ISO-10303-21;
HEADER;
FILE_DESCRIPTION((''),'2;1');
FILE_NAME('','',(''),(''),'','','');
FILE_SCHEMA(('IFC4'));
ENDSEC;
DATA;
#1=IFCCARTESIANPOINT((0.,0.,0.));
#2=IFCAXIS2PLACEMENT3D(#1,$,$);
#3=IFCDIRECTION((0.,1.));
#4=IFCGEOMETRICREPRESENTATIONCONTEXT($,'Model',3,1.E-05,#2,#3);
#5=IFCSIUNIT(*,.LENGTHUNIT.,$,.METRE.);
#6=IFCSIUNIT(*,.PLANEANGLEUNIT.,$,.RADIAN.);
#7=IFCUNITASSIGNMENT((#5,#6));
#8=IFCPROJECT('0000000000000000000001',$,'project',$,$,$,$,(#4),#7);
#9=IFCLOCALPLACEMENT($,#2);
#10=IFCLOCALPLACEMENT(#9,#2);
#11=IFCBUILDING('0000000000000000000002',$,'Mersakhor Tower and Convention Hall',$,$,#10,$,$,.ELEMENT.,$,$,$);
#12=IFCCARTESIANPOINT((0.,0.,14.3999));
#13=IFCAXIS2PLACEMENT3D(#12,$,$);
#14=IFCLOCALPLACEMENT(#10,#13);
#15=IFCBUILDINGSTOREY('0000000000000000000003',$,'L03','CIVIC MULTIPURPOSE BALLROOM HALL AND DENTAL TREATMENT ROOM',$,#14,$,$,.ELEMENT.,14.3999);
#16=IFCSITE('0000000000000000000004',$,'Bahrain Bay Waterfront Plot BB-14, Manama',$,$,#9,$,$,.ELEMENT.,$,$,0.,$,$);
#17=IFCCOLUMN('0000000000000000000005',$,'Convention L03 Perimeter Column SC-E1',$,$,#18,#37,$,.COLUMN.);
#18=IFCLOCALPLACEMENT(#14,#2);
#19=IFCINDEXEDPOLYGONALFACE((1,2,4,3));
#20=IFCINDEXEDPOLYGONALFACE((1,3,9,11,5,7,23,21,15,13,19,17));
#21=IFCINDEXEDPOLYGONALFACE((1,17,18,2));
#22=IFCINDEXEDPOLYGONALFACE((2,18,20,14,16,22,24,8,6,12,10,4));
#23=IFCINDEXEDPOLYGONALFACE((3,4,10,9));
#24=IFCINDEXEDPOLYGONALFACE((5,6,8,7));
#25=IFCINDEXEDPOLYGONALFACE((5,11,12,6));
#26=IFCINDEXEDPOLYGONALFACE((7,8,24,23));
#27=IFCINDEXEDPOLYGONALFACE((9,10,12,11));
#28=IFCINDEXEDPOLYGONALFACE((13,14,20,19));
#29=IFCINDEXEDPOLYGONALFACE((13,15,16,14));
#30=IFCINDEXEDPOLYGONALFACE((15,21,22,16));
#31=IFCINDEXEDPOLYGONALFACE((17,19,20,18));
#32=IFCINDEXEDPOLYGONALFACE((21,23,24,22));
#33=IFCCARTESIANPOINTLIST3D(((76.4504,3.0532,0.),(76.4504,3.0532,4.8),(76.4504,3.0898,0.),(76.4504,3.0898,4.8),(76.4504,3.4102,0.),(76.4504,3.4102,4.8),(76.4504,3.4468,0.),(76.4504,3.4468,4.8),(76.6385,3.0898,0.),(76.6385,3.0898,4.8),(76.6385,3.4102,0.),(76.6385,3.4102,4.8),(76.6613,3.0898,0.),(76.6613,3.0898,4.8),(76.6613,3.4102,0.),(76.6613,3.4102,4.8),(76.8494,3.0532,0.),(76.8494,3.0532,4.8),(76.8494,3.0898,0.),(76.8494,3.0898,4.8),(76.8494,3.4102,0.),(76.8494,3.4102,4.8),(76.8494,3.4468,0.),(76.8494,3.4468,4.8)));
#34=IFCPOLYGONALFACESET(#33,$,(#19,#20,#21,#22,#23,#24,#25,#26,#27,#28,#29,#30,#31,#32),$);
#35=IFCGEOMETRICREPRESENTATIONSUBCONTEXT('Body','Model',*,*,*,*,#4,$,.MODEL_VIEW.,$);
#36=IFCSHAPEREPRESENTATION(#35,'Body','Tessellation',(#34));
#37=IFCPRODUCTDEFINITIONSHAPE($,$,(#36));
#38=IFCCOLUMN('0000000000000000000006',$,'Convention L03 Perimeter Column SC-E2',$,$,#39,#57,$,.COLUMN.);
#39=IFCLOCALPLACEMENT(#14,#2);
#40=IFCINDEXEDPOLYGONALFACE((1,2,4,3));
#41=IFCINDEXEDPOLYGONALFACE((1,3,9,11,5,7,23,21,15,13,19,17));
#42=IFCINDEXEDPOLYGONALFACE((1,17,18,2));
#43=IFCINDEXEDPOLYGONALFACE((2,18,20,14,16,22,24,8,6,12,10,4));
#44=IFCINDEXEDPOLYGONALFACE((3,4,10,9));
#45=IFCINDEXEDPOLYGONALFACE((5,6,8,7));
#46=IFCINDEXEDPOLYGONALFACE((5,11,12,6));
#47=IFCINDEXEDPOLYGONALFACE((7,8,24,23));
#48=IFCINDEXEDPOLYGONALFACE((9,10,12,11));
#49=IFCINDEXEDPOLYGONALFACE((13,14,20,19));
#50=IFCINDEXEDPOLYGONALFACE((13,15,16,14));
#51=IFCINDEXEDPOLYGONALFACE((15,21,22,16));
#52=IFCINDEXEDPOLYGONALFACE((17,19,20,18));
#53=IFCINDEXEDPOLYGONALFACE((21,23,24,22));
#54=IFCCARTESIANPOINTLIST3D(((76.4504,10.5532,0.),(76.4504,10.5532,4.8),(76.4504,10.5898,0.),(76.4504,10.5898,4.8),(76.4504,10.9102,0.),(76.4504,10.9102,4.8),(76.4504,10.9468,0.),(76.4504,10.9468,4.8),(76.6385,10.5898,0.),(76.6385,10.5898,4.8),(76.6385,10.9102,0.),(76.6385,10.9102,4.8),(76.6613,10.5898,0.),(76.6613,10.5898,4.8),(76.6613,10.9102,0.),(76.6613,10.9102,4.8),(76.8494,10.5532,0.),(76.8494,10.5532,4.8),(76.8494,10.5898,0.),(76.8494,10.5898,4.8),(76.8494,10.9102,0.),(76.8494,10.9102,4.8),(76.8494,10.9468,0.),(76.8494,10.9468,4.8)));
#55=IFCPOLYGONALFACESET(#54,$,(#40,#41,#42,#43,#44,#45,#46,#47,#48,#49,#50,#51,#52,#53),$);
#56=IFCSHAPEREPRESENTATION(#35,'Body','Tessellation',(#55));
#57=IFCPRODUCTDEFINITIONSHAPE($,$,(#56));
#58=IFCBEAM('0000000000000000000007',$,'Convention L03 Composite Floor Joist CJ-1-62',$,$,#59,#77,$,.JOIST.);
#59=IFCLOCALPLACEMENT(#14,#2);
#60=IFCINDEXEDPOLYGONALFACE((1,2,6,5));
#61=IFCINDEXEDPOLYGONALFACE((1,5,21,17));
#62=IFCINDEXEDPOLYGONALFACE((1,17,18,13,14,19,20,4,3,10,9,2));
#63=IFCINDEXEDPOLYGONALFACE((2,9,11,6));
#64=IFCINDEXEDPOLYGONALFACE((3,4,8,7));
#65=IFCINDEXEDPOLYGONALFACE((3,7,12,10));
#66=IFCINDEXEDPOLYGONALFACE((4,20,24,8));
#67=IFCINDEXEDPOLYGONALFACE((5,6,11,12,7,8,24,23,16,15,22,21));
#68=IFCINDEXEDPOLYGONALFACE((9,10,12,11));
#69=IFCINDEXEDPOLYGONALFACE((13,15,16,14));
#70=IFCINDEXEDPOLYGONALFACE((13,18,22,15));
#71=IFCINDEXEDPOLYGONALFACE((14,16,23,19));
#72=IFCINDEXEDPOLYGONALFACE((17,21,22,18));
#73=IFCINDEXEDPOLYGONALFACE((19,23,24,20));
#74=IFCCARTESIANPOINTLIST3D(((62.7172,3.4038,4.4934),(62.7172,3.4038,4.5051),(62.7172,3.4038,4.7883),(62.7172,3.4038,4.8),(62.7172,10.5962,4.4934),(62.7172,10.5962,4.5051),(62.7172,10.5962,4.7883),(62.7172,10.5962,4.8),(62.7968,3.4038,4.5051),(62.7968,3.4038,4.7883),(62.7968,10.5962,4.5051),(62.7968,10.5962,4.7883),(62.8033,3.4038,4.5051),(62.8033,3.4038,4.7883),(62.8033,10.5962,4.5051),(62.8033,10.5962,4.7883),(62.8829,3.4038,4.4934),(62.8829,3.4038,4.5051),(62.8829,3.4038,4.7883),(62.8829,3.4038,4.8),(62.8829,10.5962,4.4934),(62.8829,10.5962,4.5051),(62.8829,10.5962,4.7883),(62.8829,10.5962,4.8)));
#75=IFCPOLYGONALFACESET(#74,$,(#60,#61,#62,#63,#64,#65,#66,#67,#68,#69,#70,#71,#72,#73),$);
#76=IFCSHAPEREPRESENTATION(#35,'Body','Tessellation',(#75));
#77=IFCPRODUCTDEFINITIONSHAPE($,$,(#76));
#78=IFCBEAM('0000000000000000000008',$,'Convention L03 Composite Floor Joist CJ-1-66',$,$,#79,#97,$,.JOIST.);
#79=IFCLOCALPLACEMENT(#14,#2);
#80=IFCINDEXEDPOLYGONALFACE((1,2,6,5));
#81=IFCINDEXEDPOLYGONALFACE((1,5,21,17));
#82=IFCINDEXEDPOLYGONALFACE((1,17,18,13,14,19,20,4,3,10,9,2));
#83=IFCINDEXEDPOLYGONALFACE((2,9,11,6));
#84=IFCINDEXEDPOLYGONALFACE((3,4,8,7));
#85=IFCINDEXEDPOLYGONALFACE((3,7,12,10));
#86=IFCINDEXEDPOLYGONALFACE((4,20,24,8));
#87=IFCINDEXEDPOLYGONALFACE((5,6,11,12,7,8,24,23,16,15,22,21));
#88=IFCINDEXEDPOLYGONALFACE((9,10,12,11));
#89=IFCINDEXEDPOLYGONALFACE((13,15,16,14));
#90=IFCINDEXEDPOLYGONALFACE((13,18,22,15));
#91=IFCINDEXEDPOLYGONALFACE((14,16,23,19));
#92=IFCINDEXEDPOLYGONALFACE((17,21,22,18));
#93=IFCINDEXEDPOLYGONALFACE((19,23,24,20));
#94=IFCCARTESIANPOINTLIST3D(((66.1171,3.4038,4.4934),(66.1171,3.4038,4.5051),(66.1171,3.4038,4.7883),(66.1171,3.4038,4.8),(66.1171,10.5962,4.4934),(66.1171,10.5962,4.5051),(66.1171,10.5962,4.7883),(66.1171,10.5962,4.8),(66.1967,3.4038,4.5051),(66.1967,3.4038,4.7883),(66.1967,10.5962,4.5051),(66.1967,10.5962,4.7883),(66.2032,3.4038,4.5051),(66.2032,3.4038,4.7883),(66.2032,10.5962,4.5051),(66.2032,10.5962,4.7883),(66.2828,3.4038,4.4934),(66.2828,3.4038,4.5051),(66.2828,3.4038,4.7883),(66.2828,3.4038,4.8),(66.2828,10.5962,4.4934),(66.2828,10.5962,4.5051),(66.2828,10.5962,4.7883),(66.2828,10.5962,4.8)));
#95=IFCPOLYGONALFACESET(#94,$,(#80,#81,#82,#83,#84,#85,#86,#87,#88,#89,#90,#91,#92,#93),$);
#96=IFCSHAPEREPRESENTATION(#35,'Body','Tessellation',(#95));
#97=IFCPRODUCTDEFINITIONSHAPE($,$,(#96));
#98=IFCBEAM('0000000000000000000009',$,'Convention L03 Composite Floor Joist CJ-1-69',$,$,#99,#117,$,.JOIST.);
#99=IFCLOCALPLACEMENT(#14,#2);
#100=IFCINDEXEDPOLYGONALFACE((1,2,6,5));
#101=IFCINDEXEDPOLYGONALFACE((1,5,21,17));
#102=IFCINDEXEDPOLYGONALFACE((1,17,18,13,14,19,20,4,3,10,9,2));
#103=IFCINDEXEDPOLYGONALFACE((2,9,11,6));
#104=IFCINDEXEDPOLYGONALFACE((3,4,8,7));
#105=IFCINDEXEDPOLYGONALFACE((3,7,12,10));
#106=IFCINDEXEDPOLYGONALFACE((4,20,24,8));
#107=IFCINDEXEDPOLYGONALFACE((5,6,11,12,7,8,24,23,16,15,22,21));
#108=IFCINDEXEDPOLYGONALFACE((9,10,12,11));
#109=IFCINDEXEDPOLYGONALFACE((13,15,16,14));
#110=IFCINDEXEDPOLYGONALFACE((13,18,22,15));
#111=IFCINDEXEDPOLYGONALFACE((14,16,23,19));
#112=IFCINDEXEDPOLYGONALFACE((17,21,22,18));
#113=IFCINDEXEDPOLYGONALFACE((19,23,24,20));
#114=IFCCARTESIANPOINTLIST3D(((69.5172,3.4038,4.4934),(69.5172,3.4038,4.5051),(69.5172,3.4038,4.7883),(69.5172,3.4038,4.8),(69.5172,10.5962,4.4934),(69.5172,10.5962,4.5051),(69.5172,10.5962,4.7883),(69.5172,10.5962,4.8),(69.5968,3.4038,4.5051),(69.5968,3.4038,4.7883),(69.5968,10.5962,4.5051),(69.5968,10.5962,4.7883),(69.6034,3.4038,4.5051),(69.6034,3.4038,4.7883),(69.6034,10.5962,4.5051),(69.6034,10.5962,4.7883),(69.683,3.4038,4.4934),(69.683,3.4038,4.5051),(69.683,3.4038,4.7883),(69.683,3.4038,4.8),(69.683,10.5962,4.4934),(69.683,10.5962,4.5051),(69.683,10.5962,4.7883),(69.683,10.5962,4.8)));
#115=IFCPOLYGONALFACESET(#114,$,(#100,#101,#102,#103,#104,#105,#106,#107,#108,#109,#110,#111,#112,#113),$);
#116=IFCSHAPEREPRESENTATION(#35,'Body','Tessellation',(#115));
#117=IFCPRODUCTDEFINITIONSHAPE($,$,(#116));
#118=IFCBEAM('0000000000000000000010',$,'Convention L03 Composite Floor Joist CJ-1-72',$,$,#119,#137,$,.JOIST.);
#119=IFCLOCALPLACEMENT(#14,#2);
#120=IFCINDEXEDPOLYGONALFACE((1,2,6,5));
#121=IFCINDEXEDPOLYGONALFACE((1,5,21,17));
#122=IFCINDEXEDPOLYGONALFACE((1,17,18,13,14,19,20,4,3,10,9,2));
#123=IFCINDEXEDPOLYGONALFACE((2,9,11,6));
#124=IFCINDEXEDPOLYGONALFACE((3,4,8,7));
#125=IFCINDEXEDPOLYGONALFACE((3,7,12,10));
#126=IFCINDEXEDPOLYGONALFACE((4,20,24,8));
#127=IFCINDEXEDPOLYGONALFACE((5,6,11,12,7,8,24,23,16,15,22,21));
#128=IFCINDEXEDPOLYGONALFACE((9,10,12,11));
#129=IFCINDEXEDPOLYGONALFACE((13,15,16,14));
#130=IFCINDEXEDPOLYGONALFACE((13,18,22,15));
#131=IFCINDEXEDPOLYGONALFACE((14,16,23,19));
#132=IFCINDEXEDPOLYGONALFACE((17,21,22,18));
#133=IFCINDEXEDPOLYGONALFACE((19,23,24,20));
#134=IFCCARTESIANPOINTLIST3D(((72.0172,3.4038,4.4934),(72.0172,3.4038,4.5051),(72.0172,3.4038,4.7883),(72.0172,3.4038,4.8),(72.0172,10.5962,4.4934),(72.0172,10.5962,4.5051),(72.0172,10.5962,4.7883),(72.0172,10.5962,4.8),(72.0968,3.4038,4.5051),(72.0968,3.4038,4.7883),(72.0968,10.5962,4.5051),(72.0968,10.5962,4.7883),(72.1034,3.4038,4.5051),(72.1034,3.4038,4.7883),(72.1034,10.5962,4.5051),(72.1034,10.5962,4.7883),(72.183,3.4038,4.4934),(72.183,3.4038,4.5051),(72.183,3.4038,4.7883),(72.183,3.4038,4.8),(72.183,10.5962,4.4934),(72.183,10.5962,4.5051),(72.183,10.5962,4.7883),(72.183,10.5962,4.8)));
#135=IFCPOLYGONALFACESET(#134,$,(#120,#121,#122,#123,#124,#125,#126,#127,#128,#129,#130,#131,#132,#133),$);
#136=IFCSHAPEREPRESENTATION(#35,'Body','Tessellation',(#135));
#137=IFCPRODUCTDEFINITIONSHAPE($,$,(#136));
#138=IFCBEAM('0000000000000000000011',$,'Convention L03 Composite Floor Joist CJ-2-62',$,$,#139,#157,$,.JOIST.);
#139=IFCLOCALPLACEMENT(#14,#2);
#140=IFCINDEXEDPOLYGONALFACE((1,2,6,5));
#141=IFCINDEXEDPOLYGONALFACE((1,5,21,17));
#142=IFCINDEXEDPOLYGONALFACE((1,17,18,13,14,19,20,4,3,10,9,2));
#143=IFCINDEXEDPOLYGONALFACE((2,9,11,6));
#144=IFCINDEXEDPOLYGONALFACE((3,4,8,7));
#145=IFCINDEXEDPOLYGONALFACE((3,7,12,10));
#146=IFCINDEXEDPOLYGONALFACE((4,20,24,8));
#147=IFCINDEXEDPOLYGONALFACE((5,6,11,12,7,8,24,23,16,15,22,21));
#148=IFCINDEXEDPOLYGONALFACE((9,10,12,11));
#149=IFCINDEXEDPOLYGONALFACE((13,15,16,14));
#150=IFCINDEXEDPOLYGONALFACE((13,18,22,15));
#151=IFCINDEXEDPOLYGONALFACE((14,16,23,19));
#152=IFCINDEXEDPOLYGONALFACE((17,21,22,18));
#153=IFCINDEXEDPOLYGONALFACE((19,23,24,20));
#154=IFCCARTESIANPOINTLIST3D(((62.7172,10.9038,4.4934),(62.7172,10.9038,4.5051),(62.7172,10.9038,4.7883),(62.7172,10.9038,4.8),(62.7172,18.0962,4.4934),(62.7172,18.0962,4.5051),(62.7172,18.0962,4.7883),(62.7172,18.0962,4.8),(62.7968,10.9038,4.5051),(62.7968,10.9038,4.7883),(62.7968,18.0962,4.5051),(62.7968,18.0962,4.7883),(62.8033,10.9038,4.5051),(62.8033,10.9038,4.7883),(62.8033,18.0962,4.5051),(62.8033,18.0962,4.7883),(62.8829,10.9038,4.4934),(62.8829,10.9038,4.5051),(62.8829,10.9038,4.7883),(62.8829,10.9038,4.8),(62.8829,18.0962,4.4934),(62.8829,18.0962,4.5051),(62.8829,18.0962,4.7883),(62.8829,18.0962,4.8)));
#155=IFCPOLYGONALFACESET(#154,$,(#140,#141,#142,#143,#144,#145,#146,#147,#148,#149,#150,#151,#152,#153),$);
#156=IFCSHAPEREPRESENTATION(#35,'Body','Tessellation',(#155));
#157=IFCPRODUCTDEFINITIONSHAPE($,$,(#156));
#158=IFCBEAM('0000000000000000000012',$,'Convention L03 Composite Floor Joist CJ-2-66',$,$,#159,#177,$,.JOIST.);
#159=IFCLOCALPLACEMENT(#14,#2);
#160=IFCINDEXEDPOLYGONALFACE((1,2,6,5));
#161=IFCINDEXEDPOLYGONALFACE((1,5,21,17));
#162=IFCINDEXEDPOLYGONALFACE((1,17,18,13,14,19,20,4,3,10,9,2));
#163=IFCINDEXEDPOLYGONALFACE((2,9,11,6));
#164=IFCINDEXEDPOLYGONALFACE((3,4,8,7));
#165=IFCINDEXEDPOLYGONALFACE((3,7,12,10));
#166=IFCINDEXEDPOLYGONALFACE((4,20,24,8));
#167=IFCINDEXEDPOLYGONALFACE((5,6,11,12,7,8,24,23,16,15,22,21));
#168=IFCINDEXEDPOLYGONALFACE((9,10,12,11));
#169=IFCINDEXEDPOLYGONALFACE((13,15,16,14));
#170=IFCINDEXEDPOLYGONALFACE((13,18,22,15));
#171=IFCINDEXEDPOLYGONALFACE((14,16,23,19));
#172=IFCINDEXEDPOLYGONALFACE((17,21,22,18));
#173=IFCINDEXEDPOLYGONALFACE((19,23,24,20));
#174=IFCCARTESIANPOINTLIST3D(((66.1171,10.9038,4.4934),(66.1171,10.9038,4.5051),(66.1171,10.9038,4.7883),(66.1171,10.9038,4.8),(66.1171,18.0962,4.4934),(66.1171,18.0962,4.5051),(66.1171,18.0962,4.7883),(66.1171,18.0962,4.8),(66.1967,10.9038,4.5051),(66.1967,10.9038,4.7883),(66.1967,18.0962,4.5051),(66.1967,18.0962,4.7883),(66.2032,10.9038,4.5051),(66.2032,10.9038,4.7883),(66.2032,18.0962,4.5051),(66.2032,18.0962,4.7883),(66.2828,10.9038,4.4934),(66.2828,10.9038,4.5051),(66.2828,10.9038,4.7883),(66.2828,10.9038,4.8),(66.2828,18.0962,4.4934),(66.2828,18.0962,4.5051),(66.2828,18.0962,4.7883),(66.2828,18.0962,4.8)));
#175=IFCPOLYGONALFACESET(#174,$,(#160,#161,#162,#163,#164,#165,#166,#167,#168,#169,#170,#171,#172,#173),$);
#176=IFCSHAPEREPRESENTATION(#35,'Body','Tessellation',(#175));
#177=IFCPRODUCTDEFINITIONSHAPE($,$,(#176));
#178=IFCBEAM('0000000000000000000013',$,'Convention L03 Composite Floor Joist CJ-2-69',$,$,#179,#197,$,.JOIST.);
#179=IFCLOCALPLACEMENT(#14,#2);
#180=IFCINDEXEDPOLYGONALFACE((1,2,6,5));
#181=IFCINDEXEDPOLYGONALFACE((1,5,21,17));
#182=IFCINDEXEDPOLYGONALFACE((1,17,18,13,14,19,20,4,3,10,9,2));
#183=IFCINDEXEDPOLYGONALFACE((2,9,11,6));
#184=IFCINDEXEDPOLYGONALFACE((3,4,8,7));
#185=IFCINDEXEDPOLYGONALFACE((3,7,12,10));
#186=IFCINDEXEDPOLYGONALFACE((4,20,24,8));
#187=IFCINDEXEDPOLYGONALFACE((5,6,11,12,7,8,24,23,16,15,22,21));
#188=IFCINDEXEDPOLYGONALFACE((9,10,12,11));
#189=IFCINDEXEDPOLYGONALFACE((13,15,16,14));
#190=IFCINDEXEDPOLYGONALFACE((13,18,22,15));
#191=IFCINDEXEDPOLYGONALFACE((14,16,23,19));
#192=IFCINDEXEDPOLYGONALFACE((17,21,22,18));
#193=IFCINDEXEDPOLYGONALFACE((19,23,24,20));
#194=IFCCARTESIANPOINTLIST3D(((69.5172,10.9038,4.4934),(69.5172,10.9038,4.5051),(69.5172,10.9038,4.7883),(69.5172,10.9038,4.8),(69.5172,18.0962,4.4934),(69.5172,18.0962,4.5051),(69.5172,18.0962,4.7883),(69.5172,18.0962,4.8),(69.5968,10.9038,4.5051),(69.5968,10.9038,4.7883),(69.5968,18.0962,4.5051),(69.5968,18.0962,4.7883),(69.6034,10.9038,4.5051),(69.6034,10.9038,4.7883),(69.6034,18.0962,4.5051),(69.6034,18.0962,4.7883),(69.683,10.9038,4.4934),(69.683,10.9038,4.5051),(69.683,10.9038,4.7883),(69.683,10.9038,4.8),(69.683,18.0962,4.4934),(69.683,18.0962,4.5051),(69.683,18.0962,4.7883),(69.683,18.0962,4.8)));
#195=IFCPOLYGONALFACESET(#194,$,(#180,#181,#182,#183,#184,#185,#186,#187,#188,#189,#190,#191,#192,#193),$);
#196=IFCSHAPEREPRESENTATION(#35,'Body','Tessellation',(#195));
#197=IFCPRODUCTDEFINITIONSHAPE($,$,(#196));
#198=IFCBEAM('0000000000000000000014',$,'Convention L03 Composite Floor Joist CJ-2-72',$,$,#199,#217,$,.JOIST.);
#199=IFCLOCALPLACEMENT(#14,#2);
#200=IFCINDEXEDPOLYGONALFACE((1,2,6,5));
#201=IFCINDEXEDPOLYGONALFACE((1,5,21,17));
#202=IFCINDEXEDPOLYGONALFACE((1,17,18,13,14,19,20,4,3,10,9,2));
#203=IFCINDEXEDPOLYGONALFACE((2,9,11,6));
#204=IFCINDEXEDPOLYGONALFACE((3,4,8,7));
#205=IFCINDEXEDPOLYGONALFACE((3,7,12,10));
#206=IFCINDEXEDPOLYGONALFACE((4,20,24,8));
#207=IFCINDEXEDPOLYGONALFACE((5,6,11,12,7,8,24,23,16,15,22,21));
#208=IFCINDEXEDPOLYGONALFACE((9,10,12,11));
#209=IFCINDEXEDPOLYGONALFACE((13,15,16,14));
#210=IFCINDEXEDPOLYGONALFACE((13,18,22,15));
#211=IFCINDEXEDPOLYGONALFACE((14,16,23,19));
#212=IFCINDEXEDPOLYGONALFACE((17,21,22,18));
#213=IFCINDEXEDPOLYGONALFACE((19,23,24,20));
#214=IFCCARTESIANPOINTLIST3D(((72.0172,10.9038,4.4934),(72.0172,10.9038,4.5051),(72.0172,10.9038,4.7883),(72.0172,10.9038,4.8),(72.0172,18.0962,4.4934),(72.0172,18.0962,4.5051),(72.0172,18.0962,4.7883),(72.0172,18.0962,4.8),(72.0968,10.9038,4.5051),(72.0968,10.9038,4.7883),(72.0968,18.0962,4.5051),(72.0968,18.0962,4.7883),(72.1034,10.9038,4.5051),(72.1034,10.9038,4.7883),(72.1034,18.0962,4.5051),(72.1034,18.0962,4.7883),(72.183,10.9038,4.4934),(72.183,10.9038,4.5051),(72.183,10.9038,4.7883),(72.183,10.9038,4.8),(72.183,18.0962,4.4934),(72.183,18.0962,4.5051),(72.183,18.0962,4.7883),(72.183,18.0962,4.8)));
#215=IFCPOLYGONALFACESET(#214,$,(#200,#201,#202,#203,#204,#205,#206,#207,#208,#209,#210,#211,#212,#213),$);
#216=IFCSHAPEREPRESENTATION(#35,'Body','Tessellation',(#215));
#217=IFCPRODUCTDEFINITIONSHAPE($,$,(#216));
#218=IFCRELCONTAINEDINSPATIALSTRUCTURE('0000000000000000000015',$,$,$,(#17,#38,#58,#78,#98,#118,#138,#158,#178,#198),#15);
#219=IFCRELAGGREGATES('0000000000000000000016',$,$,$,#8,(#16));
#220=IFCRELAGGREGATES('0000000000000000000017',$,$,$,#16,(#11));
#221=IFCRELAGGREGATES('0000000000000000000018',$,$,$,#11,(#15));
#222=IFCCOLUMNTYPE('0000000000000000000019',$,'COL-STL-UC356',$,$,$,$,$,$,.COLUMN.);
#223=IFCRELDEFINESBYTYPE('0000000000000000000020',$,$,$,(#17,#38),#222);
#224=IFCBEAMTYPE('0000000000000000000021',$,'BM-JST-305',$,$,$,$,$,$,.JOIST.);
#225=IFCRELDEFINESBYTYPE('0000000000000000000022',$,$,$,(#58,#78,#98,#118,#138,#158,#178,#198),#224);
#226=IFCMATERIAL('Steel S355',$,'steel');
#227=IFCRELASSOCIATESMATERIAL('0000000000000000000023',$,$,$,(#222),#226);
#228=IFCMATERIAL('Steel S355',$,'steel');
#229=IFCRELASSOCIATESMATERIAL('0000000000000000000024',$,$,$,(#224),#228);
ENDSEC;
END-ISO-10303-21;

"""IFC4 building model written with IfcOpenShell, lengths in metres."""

from ifc_helpers import new_model, si_unit, direction, frame, origin, origin_2d, place, context, subcontext, project, spatial, i_section, extrude, material, material_profile, profile_set, type_object, element, save


model = new_model("IFC4")

# Units and contexts
model_context = context("Model", 3, precision=1e-05, world=origin(), true_north=direction((0.0, 1.0)))
body_context = subcontext(model_context, "Body", "Model", "MODEL_VIEW")
ifc_project = project(units=[si_unit("LENGTHUNIT", "METRE"), si_unit("PLANEANGLEUNIT", "RADIAN")], contexts=[model_context])

# Site, building, storey
site_placement = place(None, origin())
site = spatial("IfcSite", under=ifc_project, at=site_placement, Name="Bahrain Bay Waterfront Plot BB-14, Manama", CompositionType="ELEMENT", RefElevation=0.0)
building_placement = place(site_placement, origin())
building = spatial("IfcBuilding", under=site, at=building_placement, Name="Mersakhor Tower and Convention Hall", CompositionType="ELEMENT")
storey_placement = place(building_placement, frame((0.0, 0.0, 14.3999)))
storey = spatial("IfcBuildingStorey", under=building, at=storey_placement, Name="L03", Description="CIVIC MULTIPURPOSE BALLROOM HALL AND DENTAL TREATMENT ROOM", CompositionType="ELEMENT", Elevation=14.3999)

# Columns
ifc_material_1 = material(Name="Steel S355", Category="steel")
ifc_material_profile_1 = material_profile(ifc_material_1, i_section(OverallWidth=0.3989, OverallDepth=0.3936, WebThickness=0.0227, FlangeThickness=0.0366, at=origin_2d()), Name="UC 356x406x287")
ifc_profile_set_1 = profile_set([ifc_material_profile_1], Name="Steel S355")
column_type = type_object("IfcColumnType", Name="COL-STL-UC356", PredefinedType="COLUMN", material=ifc_profile_set_1)
for number, where, z_axis, x_axis, name in (
    (1, (76.6499, 3.25, 0.0), (0.0, 0.0, 1.0), (1.0, 0.0, 0.0), "Convention L03 Perimeter Column SC-E1"),
    (2, (76.6499, 10.75, 0.0), (0.0, 0.0, 1.0), (1.0, 0.0, 0.0), "Convention L03 Perimeter Column SC-E2"),
):
    element("IfcColumn", number, at=place(storey_placement, frame(where, z_axis=z_axis, x_axis=x_axis)), inside=storey, type_object=column_type, Name=name, PredefinedType="COLUMN", context=body_context, shape_type="SweptSolid", body=[
        extrude(i_section(OverallWidth=0.3989, OverallDepth=0.3936, WebThickness=0.0227, FlangeThickness=0.0366, at=origin_2d()), origin(), (0.0, 0.0, 1.0), 4.8),
    ])

# Beams
ifc_material_2 = material(Name="Steel S355", Category="steel")
ifc_material_profile_2 = material_profile(ifc_material_2, i_section(OverallWidth=0.1658, OverallDepth=0.3066, WebThickness=0.0066, FlangeThickness=0.0117, at=origin_2d()), Name="UB 305x165x46")
ifc_profile_set_2 = profile_set([ifc_material_profile_2], Name="Steel S355")
beam_type_1 = type_object("IfcBeamType", Name="BM-JST-305", PredefinedType="JOIST", material=ifc_profile_set_2)
for number, where, z_axis, x_axis, name in (
    (3, (62.8, 3.4038, 4.6467), (0.0, 1.0, 0.0), (-1.0, 0.0, 0.0), "Convention L03 Composite Floor Joist CJ-1-62"),
    (4, (66.2, 3.4038, 4.6467), (0.0, 1.0, 0.0), (-1.0, 0.0, 0.0), "Convention L03 Composite Floor Joist CJ-1-66"),
    (5, (69.6001, 3.4038, 4.6467), (0.0, 1.0, 0.0), (-1.0, 0.0, 0.0), "Convention L03 Composite Floor Joist CJ-1-69"),
    (6, (72.1001, 3.4038, 4.6467), (0.0, 1.0, 0.0), (-1.0, 0.0, 0.0), "Convention L03 Composite Floor Joist CJ-1-72"),
    (7, (62.8, 10.9038, 4.6467), (0.0, 1.0, 0.0), (-1.0, 0.0, 0.0), "Convention L03 Composite Floor Joist CJ-2-62"),
    (8, (66.2, 10.9038, 4.6467), (0.0, 1.0, 0.0), (-1.0, 0.0, 0.0), "Convention L03 Composite Floor Joist CJ-2-66"),
    (9, (69.6001, 10.9038, 4.6467), (0.0, 1.0, 0.0), (-1.0, 0.0, 0.0), "Convention L03 Composite Floor Joist CJ-2-69"),
    (10, (72.1001, 10.9038, 4.6467), (0.0, 1.0, 0.0), (-1.0, 0.0, 0.0), "Convention L03 Composite Floor Joist CJ-2-72"),
):
    element("IfcBeam", number, at=place(storey_placement, frame(where, z_axis=z_axis, x_axis=x_axis)), inside=storey, type_object=beam_type_1, Name=name, PredefinedType="JOIST", context=body_context, shape_type="SweptSolid", body=[
        extrude(i_section(OverallWidth=0.1658, OverallDepth=0.3066, WebThickness=0.0066, FlangeThickness=0.0117, at=origin_2d()), origin(), (0.0, 0.0, 1.0), 7.1924),
    ])

save(model, "model.ifc")
